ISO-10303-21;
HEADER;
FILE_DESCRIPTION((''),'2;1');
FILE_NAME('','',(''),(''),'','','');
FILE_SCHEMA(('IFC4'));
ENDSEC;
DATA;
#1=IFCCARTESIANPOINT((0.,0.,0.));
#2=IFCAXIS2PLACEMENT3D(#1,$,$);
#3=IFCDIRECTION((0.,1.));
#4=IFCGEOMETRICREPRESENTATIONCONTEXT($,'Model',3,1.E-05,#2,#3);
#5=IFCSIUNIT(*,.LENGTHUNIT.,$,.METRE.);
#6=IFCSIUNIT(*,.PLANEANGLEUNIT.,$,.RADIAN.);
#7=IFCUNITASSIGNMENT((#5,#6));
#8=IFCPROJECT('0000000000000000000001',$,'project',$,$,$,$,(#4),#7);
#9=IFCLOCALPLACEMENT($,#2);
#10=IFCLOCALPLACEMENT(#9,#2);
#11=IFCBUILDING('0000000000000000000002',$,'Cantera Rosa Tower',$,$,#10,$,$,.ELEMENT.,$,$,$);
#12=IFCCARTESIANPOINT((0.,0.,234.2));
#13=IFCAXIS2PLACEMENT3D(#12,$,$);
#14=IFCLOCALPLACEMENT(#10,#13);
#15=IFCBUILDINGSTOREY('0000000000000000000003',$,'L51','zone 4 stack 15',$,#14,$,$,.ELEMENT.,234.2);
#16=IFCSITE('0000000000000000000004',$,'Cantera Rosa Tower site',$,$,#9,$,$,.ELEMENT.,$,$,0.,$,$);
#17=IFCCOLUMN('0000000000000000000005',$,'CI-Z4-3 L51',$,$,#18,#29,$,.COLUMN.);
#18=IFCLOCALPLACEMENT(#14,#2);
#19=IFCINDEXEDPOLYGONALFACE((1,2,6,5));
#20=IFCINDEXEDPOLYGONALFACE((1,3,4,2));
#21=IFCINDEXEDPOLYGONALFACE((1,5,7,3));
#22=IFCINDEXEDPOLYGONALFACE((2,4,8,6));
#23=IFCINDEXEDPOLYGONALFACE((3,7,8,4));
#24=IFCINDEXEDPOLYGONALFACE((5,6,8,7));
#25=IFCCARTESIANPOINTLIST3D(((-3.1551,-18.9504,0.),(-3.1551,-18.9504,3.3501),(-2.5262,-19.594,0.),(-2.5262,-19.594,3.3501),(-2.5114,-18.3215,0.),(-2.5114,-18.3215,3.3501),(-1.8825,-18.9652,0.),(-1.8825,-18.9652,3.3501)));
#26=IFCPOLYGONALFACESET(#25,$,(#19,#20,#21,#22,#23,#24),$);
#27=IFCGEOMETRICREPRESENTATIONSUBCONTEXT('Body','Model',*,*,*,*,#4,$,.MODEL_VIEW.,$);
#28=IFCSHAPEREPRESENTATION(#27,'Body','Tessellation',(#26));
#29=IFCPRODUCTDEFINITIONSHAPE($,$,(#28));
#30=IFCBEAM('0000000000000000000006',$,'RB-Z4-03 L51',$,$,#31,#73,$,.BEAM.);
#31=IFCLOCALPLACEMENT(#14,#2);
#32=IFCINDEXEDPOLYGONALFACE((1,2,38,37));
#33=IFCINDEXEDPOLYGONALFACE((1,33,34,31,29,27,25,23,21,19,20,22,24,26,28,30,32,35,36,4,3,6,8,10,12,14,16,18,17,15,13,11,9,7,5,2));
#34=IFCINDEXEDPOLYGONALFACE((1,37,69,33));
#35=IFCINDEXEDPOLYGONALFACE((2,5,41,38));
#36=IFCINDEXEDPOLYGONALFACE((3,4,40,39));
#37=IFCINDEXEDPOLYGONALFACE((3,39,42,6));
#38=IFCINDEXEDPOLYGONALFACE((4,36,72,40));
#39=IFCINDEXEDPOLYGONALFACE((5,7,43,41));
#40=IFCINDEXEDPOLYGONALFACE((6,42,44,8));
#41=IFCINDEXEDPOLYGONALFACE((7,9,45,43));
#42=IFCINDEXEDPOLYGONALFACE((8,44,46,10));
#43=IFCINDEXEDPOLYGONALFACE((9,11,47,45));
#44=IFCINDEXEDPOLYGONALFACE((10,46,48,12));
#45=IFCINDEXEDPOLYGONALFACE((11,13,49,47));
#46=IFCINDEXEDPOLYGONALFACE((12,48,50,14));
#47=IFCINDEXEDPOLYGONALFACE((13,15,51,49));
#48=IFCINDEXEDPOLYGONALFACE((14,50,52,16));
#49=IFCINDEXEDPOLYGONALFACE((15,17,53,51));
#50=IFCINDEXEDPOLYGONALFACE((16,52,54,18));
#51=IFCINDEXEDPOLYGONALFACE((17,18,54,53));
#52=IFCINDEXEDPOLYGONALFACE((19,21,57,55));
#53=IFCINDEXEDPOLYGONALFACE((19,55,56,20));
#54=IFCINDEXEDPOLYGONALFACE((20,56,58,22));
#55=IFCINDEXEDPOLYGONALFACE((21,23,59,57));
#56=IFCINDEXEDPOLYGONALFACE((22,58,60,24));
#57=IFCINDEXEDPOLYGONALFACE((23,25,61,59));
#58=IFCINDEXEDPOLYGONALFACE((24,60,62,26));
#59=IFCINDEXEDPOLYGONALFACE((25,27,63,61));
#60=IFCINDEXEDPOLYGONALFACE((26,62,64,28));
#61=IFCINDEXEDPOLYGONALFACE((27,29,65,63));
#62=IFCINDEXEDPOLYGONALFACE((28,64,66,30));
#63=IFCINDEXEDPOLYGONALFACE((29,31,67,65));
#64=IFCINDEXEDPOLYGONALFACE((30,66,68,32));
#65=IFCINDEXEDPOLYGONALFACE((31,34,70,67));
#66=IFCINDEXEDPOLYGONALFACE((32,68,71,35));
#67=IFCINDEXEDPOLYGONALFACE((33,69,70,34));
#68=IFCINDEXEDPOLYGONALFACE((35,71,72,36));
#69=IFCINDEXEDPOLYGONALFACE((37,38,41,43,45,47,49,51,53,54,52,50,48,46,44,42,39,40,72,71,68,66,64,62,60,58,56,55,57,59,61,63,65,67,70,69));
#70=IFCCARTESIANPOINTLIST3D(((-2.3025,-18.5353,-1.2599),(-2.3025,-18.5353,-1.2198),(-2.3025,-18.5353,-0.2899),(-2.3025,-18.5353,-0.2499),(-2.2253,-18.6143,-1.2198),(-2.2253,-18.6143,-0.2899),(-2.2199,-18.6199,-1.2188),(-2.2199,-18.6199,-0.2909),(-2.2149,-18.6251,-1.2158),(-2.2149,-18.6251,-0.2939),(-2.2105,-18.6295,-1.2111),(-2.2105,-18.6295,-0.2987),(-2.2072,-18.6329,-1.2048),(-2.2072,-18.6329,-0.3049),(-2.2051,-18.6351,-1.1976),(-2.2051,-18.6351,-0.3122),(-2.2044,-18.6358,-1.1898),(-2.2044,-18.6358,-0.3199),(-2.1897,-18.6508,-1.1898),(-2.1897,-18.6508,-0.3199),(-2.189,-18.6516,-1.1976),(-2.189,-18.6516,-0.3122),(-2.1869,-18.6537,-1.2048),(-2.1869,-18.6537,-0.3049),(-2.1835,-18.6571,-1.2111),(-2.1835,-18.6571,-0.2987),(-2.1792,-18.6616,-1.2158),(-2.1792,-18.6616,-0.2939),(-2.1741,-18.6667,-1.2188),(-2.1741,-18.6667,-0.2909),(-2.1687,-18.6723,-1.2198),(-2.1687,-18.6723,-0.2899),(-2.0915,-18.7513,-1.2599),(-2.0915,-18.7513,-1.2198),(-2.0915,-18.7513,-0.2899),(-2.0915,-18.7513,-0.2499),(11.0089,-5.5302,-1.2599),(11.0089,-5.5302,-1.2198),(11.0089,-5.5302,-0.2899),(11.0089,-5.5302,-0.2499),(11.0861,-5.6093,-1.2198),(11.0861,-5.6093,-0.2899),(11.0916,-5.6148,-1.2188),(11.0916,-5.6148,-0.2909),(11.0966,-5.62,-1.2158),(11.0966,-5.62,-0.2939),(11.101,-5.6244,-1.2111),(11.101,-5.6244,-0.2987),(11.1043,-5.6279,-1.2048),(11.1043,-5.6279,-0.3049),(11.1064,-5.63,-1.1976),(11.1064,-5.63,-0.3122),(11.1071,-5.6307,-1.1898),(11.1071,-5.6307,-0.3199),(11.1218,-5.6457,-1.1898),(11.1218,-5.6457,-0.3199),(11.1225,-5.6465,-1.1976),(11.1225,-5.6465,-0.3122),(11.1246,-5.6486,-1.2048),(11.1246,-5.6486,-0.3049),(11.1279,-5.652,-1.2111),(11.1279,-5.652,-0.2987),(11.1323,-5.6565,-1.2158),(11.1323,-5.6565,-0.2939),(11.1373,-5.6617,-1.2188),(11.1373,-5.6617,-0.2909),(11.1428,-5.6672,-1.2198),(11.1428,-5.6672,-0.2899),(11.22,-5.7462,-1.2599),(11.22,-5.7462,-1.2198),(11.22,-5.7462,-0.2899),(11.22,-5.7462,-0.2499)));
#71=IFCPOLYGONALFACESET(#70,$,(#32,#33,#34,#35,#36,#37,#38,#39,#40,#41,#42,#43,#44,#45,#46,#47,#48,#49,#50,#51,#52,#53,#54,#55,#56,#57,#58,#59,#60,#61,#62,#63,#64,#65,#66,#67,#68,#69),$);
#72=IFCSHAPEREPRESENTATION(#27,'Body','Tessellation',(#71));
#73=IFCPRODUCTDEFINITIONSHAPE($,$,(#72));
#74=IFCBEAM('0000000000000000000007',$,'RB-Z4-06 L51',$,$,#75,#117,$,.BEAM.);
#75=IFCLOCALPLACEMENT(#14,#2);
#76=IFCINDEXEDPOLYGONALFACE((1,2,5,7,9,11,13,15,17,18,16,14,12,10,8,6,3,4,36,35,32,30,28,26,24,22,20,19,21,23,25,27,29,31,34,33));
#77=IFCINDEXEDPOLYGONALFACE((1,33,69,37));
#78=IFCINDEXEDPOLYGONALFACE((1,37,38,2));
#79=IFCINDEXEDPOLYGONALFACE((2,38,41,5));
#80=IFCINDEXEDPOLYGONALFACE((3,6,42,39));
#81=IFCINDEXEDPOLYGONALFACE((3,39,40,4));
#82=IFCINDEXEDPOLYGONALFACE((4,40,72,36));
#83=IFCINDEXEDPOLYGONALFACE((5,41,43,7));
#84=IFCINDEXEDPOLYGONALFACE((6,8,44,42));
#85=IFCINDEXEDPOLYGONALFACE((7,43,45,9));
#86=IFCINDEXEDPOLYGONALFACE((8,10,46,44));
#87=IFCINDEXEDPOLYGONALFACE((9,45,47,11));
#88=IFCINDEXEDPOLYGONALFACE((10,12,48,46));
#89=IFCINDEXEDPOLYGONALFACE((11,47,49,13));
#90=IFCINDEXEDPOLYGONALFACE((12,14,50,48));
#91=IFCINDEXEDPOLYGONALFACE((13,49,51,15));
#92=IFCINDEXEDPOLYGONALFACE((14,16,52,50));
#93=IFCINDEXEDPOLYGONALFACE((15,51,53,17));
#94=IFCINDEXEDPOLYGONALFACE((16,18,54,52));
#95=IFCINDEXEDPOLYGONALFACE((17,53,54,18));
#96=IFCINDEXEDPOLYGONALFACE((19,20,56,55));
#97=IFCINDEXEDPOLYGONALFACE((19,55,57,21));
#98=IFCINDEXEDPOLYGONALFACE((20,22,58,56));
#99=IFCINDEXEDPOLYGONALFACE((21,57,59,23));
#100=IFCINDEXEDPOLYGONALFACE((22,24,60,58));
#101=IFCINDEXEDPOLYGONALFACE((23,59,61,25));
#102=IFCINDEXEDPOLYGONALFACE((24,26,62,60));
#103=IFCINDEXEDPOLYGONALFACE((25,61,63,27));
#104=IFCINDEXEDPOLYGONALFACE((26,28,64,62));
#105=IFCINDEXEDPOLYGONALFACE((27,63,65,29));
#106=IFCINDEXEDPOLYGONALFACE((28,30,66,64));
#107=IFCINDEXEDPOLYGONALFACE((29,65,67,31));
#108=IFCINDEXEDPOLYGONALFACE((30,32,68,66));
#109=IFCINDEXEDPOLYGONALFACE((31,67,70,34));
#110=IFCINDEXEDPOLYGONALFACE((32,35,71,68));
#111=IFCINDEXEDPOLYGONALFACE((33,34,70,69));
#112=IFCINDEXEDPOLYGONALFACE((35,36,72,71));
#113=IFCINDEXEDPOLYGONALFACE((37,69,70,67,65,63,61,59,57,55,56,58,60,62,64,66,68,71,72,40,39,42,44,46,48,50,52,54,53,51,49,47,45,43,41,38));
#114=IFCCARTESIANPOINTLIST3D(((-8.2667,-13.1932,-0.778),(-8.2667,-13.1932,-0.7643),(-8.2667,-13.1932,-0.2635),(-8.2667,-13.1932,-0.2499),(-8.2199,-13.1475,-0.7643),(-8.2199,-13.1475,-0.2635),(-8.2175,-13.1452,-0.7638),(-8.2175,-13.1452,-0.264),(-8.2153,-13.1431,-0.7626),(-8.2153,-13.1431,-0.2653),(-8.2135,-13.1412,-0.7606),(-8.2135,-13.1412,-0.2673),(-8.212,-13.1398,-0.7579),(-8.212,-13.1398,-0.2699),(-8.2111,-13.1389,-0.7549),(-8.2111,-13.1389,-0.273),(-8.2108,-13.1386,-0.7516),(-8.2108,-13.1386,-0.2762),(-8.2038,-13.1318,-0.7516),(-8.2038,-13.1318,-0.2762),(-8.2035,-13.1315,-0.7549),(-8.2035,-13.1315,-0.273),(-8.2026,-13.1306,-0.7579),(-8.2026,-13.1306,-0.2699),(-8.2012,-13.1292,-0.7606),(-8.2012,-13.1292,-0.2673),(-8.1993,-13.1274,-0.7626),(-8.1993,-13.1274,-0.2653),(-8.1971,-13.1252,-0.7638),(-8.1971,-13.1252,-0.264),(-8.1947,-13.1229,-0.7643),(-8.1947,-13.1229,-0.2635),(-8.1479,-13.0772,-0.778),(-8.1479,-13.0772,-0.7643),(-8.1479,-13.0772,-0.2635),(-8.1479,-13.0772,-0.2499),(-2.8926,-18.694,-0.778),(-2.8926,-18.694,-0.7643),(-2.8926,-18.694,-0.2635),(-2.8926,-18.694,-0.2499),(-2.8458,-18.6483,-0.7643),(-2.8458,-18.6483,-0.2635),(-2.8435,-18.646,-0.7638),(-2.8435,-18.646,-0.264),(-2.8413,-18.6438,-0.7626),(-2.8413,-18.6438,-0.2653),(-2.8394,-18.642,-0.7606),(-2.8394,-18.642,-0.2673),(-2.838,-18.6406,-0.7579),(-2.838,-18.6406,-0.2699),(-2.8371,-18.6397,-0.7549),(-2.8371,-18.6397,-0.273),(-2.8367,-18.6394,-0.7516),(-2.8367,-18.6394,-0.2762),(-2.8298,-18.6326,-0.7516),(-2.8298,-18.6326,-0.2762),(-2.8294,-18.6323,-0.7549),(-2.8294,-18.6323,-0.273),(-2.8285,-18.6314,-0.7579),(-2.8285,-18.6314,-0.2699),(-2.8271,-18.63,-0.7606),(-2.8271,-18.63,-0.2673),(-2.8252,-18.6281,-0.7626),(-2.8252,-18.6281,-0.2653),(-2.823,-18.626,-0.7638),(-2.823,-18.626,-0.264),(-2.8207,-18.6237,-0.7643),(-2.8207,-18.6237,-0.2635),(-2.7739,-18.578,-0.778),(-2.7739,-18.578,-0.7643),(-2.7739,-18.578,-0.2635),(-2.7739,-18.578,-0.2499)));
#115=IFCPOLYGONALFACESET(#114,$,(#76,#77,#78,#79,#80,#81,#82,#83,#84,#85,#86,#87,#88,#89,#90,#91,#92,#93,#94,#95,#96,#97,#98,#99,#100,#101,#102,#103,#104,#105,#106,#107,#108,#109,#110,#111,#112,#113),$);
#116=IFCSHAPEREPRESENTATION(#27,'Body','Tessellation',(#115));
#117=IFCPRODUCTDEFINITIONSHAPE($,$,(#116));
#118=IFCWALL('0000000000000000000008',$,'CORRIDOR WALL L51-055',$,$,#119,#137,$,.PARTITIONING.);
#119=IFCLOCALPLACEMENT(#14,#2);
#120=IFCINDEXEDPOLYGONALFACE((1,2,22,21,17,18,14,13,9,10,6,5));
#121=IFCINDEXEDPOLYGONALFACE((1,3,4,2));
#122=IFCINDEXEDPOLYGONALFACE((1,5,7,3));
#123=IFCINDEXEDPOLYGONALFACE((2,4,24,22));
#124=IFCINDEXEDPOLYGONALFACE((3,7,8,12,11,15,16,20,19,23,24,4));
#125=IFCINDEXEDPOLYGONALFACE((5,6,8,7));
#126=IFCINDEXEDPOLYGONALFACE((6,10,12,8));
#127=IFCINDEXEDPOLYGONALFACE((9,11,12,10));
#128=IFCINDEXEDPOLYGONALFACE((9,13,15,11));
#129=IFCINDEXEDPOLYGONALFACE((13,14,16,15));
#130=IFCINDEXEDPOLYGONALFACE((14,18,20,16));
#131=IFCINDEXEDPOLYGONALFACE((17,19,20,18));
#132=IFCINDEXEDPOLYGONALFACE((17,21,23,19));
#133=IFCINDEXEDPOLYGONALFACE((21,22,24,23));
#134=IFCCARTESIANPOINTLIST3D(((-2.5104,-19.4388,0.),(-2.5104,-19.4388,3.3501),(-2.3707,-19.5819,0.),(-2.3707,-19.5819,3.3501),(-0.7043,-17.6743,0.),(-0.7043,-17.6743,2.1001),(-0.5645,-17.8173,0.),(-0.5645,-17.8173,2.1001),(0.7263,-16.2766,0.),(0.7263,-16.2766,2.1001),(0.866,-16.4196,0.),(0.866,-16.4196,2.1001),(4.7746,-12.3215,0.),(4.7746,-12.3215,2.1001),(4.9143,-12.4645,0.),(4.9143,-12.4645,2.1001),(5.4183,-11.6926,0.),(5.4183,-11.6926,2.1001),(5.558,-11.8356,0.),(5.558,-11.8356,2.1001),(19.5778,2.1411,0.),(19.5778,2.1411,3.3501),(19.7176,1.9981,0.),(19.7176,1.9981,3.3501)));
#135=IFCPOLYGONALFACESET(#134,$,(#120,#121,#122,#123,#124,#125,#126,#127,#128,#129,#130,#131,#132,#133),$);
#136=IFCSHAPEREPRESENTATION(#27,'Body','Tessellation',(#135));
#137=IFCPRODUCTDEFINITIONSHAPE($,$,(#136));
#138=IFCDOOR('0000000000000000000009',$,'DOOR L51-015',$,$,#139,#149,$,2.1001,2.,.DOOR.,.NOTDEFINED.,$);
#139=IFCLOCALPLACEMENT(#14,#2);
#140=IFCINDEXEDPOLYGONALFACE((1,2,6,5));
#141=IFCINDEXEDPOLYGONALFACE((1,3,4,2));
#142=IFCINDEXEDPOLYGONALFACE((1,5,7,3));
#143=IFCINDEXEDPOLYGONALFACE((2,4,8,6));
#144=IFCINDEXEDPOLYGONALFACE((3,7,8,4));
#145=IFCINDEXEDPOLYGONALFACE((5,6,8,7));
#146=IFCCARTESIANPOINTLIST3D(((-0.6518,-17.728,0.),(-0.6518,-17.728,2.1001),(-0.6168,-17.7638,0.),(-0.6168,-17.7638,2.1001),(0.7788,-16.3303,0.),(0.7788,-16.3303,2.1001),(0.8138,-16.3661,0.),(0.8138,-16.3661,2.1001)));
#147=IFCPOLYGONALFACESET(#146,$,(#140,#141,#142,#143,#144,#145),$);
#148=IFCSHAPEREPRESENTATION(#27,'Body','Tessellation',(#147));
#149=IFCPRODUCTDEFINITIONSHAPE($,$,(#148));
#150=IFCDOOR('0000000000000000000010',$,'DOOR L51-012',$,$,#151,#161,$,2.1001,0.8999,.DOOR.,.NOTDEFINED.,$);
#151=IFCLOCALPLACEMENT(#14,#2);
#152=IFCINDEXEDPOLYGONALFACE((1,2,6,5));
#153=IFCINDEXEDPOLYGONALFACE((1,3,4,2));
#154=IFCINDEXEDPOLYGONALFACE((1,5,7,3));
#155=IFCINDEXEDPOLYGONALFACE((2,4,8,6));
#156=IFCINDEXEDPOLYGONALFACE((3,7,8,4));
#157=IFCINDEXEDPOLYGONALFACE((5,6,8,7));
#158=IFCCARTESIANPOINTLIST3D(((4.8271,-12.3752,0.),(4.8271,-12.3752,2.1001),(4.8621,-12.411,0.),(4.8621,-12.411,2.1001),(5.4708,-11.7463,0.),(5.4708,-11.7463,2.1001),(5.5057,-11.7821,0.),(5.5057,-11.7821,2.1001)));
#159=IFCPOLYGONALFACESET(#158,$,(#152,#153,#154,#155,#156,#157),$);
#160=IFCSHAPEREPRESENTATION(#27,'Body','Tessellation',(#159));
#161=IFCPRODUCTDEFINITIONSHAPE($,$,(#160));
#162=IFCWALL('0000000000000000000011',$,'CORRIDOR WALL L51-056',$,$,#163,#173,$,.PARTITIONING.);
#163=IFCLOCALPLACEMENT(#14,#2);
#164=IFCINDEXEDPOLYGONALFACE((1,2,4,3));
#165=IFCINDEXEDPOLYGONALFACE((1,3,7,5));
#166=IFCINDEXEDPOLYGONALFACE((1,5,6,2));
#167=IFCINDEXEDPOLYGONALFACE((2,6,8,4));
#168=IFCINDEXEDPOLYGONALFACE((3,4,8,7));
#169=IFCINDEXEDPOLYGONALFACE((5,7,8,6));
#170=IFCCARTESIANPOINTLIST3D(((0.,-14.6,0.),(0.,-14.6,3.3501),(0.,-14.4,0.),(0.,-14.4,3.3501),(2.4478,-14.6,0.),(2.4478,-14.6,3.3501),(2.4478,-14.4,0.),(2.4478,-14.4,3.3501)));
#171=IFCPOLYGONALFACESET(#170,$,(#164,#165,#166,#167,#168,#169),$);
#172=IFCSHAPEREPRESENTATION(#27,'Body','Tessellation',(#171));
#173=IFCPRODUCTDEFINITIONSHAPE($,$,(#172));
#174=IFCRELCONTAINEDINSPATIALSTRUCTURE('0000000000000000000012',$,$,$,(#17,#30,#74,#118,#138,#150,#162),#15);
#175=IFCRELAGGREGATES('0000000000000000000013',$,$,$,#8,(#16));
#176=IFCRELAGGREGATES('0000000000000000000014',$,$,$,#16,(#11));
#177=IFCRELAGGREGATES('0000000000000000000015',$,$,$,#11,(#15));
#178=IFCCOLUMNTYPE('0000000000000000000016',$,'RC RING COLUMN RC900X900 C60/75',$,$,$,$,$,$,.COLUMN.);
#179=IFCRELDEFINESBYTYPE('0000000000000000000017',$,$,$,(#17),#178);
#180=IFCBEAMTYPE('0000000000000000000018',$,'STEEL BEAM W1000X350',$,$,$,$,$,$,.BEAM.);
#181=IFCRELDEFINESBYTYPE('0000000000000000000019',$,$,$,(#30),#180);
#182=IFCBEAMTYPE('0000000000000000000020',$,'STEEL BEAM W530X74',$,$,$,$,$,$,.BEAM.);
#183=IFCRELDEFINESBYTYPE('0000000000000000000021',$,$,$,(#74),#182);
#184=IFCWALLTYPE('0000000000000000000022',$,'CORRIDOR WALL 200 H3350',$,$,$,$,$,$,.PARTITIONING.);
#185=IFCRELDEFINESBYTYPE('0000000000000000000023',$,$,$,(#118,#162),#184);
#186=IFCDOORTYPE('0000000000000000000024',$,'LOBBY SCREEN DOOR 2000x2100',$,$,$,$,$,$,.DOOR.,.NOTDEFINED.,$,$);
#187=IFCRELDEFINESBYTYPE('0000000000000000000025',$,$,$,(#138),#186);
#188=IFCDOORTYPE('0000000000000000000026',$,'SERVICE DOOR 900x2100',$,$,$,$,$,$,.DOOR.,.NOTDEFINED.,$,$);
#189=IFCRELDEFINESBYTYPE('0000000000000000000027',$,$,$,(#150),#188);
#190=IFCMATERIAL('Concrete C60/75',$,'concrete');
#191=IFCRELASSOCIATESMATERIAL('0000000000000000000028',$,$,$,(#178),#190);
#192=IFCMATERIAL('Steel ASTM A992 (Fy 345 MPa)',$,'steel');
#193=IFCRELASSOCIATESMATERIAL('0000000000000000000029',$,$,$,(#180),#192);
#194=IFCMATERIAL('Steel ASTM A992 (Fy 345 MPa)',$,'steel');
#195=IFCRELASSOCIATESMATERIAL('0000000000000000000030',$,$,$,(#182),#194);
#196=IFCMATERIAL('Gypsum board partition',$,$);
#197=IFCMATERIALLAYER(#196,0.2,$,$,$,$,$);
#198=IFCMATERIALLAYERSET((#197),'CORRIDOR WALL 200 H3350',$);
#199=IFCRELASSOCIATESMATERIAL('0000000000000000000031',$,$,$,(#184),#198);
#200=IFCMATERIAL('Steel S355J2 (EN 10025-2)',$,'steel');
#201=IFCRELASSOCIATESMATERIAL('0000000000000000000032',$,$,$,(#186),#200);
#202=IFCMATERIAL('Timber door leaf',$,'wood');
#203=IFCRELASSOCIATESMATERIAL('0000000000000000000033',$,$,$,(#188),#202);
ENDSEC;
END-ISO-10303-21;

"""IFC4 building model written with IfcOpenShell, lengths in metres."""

from ifc_helpers import new_model, si_unit, direction, frame, frame_2d, origin, origin_2d, place, context, subcontext, project, spatial, rectangle, i_section, extrude, material, layer, layer_set, material_profile, profile_set, type_object, element, fill, save


model = new_model("IFC4")

# Units and contexts
model_context = context("Model", 3, precision=1e-05, world=origin(), true_north=direction((0.0, 1.0)))
body_context = subcontext(model_context, "Body", "Model", "MODEL_VIEW")
ifc_project = project(units=[si_unit("LENGTHUNIT", "METRE"), si_unit("PLANEANGLEUNIT", "RADIAN")], contexts=[model_context])

# Site, building, storey
site_placement = place(None, origin())
site = spatial("IfcSite", under=ifc_project, at=site_placement, Name="Cantera Rosa Tower site", CompositionType="ELEMENT", RefElevation=0.0)
building_placement = place(site_placement, origin())
building = spatial("IfcBuilding", under=site, at=building_placement, Name="Cantera Rosa Tower", CompositionType="ELEMENT")
storey_placement = place(building_placement, frame((0.0, 0.0, 234.2)))
storey = spatial("IfcBuildingStorey", under=building, at=storey_placement, Name="L51", Description="zone 4 stack 15", CompositionType="ELEMENT", Elevation=234.2)

# Column
ifc_material_1 = material(Name="Concrete C60/75", Category="concrete")
ifc_material_profile_1 = material_profile(ifc_material_1, rectangle(XDim=0.8999, YDim=0.8999, at=origin_2d()), Name="RC RING COLUMN RC900X900 C60/75")
ifc_profile_set_1 = profile_set([ifc_material_profile_1], Name="Concrete C60/75")
column_type = type_object("IfcColumnType", Name="RC RING COLUMN RC900X900 C60/75", PredefinedType="COLUMN", material=ifc_profile_set_1)
column_placement = place(storey_placement, frame((-2.5188, -18.9578, 0.0), z_axis=(0.0, 0.0, 1.0), x_axis=(0.715286, 0.698832, 0.0)))
element("IfcColumn", 1, at=column_placement, inside=storey, type_object=column_type, Name="CI-Z4-3 L51", PredefinedType="COLUMN", context=body_context, shape_type="SweptSolid", body=[
    extrude(rectangle(XDim=0.8999, YDim=0.8999, at=origin_2d()), origin(), (0.0, 0.0, 1.0), 3.3501),
])

# Beams
ifc_material_2 = material(Name="Steel ASTM A992 (Fy 345 MPa)", Category="steel")
ifc_material_profile_2 = material_profile(ifc_material_2, i_section(OverallWidth=0.302, OverallDepth=1.01, WebThickness=0.021, FlangeThickness=0.04, FilletRadius=0.03, at=origin_2d()), Name="W1000X350")
ifc_profile_set_2 = profile_set([ifc_material_profile_2], Name="Steel ASTM A992 (Fy 345 MPa)")
beam_type_1 = type_object("IfcBeamType", Name="STEEL BEAM W1000X350", PredefinedType="BEAM", material=ifc_profile_set_2)
beam_1_placement = place(storey_placement, frame((-2.197, -18.6433, -0.7549), z_axis=(0.715291, 0.698827, 0.0), x_axis=(-0.698827, 0.715291, 0.0)))
element("IfcBeam", 2, at=beam_1_placement, inside=storey, type_object=beam_type_1, Name="RB-Z4-03 L51", PredefinedType="BEAM", context=body_context, shape_type="SweptSolid", body=[
    extrude(i_section(OverallWidth=0.302, OverallDepth=1.01, WebThickness=0.021, FlangeThickness=0.04, FilletRadius=0.03, at=origin_2d()), origin(), (0.0, 0.0, 1.0), 18.6099),
])
ifc_material_3 = material(Name="Steel ASTM A992 (Fy 345 MPa)", Category="steel")
ifc_material_profile_3 = material_profile(ifc_material_3, i_section(OverallWidth=0.166, OverallDepth=0.5281, WebThickness=0.0098, FlangeThickness=0.0137, FilletRadius=0.0127, at=origin_2d()), Name="W530X74")
ifc_profile_set_3 = profile_set([ifc_material_profile_3], Name="Steel ASTM A992 (Fy 345 MPa)")
beam_type_2 = type_object("IfcBeamType", Name="STEEL BEAM W530X74", PredefinedType="BEAM", material=ifc_profile_set_3)
beam_2_placement = place(storey_placement, frame((-2.8333, -18.636, -0.5139), z_axis=(-0.69882, 0.715297, 0.0), x_axis=(-0.715297, -0.69882, 0.0)))
element("IfcBeam", 3, at=beam_2_placement, inside=storey, type_object=beam_type_2, Name="RB-Z4-06 L51", PredefinedType="BEAM", context=body_context, shape_type="SweptSolid", body=[
    extrude(i_section(OverallWidth=0.166, OverallDepth=0.5281, WebThickness=0.0098, FlangeThickness=0.0137, FilletRadius=0.0127, at=origin_2d()), origin(), (0.0, 0.0, 1.0), 7.6902),
])

# Wall, openings, doors
ifc_material_4 = material(Name="Gypsum board partition")
ifc_layer_1 = layer(ifc_material_4, 0.2)
ifc_layer_set_1 = layer_set([ifc_layer_1], Name="CORRIDOR WALL 200 H3350")
wall_type_1 = type_object("IfcWallType", Name="CORRIDOR WALL 200 H3350", PredefinedType="PARTITIONING", material=ifc_layer_set_1)
wall_1_placement = place(storey_placement, frame((-2.4404, -19.5103, 0.0), z_axis=(0.0, 0.0, 1.0), x_axis=(0.715289, 0.698829, 0.0)))
wall_1 = element("IfcWall", 4, at=wall_1_placement, inside=storey, type_object=wall_type_1, Name="CORRIDOR WALL L51-055", PredefinedType="PARTITIONING", context=body_context, shape_type="SweptSolid", body=[
    extrude(rectangle(XDim=30.8801, YDim=0.2, at=frame_2d((15.4399, 0.0))), origin(), (0.0, 0.0, 1.0), 3.3501),
])
opening_1_placement = place(wall_1_placement, frame((10.1846, 0.0, 0.0)))
opening_1 = element("IfcOpeningElement", 5, at=opening_1_placement, cuts=wall_1, PredefinedType="OPENING", context=body_context, shape_type="SweptSolid", body=[
    extrude(rectangle(XDim=0.8999, YDim=2.1001, at=frame_2d((0.45, 1.05))), frame((0.0, 0.1099, 0.0), z_axis=(0.0, -1.0, 0.0), x_axis=(1.0, 0.0, 0.0)), (0.0, 0.0, 1.0), 0.22),
])
opening_2_placement = place(wall_1_placement, frame((2.5249, 0.0, 0.0)))
opening_2 = element("IfcOpeningElement", 6, at=opening_2_placement, cuts=wall_1, PredefinedType="OPENING", context=body_context, shape_type="SweptSolid", body=[
    extrude(rectangle(XDim=2.0, YDim=2.1001, at=frame_2d((1.0, 1.05))), frame((0.0, 0.1099, 0.0), z_axis=(0.0, -1.0, 0.0), x_axis=(1.0, 0.0, 0.0)), (0.0, 0.0, 1.0), 0.22),
])
ifc_material_5 = material(Name="Steel S355J2 (EN 10025-2)", Category="steel")
door_type_1 = type_object("IfcDoorType", Name="LOBBY SCREEN DOOR 2000x2100", OperationType="NOTDEFINED", PredefinedType="DOOR", material=ifc_material_5)
door_1_placement = place(opening_2_placement, origin())
door_1 = element("IfcDoor", 7, at=door_1_placement, inside=storey, type_object=door_type_1, Name="DOOR L51-015", OperationType="NOTDEFINED", OverallHeight=2.1001, OverallWidth=2.0, PredefinedType="DOOR", context=body_context, shape_type="SweptSolid", body=[
    extrude(rectangle(XDim=2.0, YDim=2.1001, at=frame_2d((1.0, 1.05))), frame((0.0, 0.0249, 0.0), z_axis=(0.0, -1.0, 0.0), x_axis=(1.0, 0.0, 0.0)), (0.0, 0.0, 1.0), 0.05),
])
fill(opening_2, door_1)
ifc_material_6 = material(Name="Timber door leaf", Category="wood")
door_type_2 = type_object("IfcDoorType", Name="SERVICE DOOR 900x2100", OperationType="NOTDEFINED", PredefinedType="DOOR", material=ifc_material_6)
door_2_placement = place(opening_1_placement, origin())
door_2 = element("IfcDoor", 8, at=door_2_placement, inside=storey, type_object=door_type_2, Name="DOOR L51-012", OperationType="NOTDEFINED", OverallHeight=2.1001, OverallWidth=0.8999, PredefinedType="DOOR", context=body_context, shape_type="SweptSolid", body=[
    extrude(rectangle(XDim=0.8999, YDim=2.1001, at=frame_2d((0.45, 1.05))), frame((0.0, 0.0249, 0.0), z_axis=(0.0, -1.0, 0.0), x_axis=(1.0, 0.0, 0.0)), (0.0, 0.0, 1.0), 0.05),
])
fill(opening_1, door_2)

# Wall
wall_2_placement = place(storey_placement, frame((0.0, -14.5, 0.0), z_axis=(0.0, 0.0, 1.0), x_axis=(1.0, 0.0, 0.0)))
element("IfcWall", 9, at=wall_2_placement, inside=storey, type_object=wall_type_1, Name="CORRIDOR WALL L51-056", PredefinedType="PARTITIONING", context=body_context, shape_type="SweptSolid", body=[
    extrude(rectangle(XDim=2.4478, YDim=0.2, at=frame_2d((1.2239, 0.0))), origin(), (0.0, 0.0, 1.0), 3.3501),
])

save(model, "model.ifc")
